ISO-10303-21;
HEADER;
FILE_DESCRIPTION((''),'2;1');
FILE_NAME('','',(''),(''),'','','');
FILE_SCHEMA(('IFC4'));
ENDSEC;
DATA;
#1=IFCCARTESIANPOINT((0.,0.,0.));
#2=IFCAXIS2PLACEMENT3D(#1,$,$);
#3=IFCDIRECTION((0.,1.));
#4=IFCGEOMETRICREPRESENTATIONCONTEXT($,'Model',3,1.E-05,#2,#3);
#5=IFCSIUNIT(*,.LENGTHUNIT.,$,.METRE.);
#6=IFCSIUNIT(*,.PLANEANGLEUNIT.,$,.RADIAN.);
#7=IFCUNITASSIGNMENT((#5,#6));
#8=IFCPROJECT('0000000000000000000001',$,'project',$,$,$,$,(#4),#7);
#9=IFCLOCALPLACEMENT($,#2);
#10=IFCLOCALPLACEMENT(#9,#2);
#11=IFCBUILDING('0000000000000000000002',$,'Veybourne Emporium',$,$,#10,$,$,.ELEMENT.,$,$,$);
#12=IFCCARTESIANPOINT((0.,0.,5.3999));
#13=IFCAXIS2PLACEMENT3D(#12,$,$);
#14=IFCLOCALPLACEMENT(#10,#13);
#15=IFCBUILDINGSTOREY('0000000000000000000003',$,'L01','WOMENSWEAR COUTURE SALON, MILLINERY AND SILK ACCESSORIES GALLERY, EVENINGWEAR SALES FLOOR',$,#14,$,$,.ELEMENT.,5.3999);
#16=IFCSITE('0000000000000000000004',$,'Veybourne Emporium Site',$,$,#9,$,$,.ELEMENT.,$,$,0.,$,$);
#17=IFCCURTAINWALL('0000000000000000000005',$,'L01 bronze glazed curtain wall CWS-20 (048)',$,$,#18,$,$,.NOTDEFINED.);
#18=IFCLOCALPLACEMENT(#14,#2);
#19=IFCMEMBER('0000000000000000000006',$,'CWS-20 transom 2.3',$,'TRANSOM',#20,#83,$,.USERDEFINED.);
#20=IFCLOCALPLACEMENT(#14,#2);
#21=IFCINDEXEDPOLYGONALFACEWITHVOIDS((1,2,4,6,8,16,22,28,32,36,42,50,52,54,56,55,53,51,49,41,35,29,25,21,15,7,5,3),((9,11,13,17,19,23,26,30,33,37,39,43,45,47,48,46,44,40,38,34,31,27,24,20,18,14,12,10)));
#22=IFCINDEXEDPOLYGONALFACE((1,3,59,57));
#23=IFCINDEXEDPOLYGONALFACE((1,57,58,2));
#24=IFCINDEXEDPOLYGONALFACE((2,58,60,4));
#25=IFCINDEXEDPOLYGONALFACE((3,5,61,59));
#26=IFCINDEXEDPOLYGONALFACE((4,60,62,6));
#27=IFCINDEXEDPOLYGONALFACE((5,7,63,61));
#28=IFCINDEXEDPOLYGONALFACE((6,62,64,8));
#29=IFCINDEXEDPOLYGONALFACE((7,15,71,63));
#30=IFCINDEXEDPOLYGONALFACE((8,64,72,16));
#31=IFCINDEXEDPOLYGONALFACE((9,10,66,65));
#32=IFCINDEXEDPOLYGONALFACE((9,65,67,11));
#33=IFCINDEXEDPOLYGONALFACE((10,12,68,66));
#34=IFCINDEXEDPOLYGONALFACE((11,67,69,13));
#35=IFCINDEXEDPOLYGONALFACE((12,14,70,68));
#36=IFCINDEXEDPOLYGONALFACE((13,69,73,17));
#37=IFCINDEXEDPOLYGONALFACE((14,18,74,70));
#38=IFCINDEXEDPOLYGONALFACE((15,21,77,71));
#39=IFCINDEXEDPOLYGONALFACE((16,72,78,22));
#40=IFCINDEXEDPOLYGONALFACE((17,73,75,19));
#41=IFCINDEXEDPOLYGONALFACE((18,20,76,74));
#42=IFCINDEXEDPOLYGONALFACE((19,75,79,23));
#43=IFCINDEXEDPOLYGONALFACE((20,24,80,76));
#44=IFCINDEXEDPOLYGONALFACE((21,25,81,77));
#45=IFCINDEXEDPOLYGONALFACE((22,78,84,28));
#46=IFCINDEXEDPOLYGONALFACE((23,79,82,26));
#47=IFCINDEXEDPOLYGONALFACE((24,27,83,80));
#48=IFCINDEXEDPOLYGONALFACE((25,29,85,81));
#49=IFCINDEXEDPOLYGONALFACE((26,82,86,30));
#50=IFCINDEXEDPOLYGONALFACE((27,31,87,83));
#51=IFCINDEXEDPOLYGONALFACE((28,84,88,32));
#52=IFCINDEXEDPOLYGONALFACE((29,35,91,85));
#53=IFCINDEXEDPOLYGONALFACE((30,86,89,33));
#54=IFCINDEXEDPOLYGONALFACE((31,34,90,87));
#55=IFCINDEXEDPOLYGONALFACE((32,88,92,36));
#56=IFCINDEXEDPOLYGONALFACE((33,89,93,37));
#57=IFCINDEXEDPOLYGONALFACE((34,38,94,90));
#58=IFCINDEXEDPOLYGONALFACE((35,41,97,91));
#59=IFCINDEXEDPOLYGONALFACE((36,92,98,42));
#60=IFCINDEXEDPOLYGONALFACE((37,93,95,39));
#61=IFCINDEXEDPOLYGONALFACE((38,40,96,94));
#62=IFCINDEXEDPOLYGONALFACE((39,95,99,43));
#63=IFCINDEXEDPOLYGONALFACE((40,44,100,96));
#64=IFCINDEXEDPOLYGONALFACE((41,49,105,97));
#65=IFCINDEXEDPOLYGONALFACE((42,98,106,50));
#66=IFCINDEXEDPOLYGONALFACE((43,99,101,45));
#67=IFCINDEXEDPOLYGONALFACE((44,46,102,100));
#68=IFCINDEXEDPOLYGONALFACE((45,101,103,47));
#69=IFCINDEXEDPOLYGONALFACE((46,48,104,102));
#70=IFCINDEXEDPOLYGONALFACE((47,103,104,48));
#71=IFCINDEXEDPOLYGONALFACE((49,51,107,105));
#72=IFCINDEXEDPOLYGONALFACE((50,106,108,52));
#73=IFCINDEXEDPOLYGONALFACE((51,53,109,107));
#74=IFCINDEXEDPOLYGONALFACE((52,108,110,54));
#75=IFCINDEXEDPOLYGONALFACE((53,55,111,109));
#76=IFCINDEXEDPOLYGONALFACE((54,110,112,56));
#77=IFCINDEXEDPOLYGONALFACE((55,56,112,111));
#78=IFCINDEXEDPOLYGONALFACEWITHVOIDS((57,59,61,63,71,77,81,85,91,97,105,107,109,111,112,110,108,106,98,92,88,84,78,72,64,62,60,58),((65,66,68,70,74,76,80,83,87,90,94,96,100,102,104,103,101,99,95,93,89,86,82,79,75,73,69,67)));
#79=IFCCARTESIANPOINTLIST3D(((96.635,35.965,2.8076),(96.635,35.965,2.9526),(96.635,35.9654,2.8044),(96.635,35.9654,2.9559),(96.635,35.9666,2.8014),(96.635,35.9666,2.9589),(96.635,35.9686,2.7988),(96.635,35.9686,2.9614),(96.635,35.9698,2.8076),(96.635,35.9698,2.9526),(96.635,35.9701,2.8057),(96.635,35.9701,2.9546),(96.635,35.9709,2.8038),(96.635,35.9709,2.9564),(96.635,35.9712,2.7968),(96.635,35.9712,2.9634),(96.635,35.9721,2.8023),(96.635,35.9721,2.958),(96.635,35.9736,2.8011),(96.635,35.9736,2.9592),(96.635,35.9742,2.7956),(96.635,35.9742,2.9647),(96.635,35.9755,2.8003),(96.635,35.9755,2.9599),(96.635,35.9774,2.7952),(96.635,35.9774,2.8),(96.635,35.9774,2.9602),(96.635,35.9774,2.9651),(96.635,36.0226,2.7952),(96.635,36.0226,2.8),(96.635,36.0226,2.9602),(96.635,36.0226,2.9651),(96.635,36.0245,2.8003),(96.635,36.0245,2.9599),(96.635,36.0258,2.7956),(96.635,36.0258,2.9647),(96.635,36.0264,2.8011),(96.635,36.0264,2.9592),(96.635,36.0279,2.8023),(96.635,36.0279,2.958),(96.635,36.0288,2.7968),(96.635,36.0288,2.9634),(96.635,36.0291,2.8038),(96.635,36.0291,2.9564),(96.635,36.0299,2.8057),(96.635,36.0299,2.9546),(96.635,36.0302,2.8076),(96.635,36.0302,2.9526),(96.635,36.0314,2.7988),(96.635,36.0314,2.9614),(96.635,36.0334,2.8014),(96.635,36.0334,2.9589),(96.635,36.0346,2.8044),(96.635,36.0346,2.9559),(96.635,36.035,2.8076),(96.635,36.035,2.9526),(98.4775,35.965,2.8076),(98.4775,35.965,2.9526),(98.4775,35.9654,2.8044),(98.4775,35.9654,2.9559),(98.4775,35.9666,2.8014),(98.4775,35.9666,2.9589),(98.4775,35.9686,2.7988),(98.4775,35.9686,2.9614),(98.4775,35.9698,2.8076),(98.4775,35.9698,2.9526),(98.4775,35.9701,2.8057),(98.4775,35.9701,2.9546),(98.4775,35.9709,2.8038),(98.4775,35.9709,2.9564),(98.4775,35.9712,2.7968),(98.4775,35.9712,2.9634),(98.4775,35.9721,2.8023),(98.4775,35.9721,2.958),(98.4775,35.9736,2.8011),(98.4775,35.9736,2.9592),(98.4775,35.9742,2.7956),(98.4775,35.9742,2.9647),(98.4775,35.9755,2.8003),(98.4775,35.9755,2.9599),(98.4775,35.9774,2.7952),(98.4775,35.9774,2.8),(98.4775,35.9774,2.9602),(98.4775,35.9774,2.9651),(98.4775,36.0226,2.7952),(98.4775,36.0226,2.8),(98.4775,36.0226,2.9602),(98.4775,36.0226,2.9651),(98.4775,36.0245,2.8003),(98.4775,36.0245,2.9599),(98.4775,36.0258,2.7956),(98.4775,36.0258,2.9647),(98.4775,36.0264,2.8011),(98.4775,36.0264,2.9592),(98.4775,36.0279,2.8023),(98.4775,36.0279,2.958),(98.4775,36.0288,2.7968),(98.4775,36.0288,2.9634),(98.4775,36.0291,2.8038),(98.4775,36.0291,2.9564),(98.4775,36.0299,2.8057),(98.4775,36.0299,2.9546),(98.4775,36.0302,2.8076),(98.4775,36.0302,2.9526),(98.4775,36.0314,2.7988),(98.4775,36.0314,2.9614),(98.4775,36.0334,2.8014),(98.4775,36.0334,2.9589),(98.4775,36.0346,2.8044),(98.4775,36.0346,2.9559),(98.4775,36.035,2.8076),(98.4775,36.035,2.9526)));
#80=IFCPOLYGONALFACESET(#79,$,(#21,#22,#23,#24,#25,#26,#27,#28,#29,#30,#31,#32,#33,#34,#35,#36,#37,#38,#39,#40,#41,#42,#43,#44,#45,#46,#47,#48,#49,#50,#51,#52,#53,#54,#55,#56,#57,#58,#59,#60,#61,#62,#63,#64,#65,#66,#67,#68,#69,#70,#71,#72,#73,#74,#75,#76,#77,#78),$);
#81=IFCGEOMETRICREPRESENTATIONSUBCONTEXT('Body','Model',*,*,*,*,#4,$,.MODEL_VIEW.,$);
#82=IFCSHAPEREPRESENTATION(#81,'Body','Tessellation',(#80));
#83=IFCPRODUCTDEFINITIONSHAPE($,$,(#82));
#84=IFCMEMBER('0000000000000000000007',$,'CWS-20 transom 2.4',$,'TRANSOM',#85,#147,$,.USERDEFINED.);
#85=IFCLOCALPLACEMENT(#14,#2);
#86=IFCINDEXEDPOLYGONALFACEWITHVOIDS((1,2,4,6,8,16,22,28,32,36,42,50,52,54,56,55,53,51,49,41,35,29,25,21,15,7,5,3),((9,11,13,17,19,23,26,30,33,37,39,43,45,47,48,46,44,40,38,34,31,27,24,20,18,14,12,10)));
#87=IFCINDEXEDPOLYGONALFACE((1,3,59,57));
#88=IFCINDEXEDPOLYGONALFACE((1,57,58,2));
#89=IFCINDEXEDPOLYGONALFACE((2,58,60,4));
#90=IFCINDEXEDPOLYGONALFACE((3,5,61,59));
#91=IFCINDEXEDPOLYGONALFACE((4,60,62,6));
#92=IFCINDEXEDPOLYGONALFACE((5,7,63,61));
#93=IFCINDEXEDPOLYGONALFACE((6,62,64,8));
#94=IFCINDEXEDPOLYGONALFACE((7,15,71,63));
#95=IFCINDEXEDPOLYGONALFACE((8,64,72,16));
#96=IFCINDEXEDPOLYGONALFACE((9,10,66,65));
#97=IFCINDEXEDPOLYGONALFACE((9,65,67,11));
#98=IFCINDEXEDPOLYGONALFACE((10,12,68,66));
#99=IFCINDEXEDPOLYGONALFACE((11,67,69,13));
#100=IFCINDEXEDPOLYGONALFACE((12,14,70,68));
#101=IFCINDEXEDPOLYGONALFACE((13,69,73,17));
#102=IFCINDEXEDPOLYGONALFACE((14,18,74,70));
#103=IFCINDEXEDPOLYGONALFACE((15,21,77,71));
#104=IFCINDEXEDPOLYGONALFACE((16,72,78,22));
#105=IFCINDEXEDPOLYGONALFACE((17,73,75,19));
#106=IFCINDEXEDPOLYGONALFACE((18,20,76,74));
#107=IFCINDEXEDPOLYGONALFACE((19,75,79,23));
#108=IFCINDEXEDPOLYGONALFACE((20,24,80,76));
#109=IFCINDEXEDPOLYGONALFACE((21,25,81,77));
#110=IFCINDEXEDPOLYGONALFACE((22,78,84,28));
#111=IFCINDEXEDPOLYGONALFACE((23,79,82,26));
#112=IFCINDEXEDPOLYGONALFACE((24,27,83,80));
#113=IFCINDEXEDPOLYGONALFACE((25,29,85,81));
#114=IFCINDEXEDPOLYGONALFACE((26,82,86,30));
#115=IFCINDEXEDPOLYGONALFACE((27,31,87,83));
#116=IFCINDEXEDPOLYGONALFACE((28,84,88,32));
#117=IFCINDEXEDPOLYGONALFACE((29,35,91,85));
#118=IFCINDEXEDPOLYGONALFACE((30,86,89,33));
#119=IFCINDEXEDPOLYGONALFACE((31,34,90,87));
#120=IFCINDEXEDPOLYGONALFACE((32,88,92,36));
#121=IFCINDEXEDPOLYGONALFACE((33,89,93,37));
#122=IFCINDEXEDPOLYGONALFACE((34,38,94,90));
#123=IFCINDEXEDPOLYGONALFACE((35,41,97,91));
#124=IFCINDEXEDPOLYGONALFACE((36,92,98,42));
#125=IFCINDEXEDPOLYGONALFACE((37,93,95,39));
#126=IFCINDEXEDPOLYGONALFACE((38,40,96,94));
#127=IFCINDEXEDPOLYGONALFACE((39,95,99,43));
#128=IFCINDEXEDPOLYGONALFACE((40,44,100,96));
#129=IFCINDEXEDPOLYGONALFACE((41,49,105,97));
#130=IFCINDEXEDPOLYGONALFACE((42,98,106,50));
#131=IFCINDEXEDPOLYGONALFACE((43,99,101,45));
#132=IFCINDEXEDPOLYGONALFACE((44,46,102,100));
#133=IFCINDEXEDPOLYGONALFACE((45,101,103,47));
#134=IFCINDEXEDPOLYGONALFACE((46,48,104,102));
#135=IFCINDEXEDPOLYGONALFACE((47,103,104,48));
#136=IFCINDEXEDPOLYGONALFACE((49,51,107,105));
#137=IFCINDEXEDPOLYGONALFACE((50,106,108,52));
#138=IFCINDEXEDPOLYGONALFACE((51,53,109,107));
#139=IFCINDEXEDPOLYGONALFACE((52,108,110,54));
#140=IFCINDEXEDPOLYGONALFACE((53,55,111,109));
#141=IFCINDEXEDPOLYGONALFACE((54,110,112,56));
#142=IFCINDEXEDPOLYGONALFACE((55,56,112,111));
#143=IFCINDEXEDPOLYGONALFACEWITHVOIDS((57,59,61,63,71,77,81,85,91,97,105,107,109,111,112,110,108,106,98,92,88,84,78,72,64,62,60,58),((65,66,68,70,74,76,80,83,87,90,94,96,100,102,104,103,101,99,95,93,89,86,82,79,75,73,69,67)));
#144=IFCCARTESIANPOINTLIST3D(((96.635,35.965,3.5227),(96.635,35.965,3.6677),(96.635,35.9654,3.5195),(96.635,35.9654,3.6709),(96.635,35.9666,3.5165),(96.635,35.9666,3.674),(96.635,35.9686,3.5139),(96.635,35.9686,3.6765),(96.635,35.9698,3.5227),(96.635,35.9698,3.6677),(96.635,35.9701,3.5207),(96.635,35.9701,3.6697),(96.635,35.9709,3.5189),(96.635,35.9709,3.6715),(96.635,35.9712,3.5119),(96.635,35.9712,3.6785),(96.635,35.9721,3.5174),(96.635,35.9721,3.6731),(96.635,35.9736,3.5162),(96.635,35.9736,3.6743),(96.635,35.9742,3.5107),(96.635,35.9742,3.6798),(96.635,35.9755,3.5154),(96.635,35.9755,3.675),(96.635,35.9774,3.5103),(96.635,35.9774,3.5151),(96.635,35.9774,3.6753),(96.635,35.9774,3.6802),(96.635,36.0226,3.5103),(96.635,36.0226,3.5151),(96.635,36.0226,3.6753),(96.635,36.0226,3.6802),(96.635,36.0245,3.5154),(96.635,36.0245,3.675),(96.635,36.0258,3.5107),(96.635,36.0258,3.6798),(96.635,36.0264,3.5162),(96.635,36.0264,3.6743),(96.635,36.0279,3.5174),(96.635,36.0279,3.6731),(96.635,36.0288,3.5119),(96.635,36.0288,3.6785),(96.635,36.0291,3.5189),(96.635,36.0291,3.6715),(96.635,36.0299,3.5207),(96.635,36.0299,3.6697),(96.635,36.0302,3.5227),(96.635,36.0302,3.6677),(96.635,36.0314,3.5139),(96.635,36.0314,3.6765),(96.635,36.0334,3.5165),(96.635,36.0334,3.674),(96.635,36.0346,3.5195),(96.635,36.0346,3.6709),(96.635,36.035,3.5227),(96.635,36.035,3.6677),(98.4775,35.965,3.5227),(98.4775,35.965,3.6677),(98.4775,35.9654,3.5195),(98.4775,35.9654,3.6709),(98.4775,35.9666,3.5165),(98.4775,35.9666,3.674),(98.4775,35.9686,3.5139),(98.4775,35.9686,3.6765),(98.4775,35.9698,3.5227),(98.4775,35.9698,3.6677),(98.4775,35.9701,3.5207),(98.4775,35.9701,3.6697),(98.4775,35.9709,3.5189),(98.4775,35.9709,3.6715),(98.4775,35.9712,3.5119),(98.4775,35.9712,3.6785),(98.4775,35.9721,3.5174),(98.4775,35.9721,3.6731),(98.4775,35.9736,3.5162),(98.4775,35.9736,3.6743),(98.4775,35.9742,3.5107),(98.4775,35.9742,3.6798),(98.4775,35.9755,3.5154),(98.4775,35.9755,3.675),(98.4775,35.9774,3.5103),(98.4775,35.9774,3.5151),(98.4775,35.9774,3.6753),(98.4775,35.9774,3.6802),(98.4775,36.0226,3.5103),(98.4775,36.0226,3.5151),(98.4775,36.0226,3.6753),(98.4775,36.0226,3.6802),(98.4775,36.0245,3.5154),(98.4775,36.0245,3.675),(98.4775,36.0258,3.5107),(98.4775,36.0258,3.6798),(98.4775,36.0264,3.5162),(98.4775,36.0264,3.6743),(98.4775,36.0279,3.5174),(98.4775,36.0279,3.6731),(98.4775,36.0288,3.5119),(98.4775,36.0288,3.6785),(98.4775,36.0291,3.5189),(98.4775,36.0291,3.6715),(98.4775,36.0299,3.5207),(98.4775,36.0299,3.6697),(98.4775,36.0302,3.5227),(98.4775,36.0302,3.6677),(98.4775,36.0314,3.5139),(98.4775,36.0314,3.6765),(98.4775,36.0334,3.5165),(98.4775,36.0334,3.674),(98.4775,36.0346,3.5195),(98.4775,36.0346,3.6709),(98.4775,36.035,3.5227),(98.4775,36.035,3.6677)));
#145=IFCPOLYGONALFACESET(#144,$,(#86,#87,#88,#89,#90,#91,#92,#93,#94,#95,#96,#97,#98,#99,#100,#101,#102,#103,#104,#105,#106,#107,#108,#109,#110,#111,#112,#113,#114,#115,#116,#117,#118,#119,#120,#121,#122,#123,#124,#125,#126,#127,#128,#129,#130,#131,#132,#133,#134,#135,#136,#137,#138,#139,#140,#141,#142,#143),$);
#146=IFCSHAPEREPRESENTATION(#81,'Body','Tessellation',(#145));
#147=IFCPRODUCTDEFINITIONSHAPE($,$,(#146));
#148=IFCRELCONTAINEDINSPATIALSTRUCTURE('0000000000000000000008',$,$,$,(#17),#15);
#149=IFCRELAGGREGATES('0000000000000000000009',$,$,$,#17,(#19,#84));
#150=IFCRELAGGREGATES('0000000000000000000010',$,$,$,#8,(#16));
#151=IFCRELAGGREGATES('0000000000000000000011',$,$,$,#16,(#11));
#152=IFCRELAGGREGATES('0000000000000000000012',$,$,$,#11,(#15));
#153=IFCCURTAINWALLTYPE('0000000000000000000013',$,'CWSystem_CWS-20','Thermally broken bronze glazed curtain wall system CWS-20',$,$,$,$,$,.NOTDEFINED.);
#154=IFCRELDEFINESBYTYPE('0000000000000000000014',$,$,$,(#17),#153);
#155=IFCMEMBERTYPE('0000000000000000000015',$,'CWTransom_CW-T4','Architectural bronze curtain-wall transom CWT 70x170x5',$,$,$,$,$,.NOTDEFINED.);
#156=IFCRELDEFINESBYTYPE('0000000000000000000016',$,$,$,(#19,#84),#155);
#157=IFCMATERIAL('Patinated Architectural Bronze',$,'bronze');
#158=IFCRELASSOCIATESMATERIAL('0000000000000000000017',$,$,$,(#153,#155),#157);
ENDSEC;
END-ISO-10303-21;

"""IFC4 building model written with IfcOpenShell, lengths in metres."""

from ifc_helpers import new_model, si_unit, direction, frame, origin, origin_2d, place, context, subcontext, project, spatial, hollow_rectangle, extrude, material, material_profile, profile_set, type_object, element, aggregate, save


model = new_model("IFC4")

# Units and contexts
model_context = context("Model", 3, precision=1e-05, world=origin(), true_north=direction((0.0, 1.0)))
body_context = subcontext(model_context, "Body", "Model", "MODEL_VIEW")
ifc_project = project(units=[si_unit("LENGTHUNIT", "METRE"), si_unit("PLANEANGLEUNIT", "RADIAN")], contexts=[model_context])

# Site, building, storey
site_placement = place(None, origin())
site = spatial("IfcSite", under=ifc_project, at=site_placement, Name="Veybourne Emporium Site", CompositionType="ELEMENT", RefElevation=0.0)
building_placement = place(site_placement, origin())
building = spatial("IfcBuilding", under=site, at=building_placement, Name="Veybourne Emporium", CompositionType="ELEMENT")
storey_placement = place(building_placement, frame((0.0, 0.0, 5.3999)))
storey = spatial("IfcBuildingStorey", under=building, at=storey_placement, Name="L01", Description="WOMENSWEAR COUTURE SALON, MILLINERY AND SILK ACCESSORIES GALLERY, EVENINGWEAR SALES FLOOR", CompositionType="ELEMENT", Elevation=5.3999)

# Curtain wall, members
ifc_material_1 = material(Name="Patinated Architectural Bronze", Category="bronze")
curtain_wall_type = type_object("IfcCurtainWallType", Name="CWSystem_CWS-20", Description="Thermally broken bronze glazed curtain wall system CWS-20", PredefinedType="NOTDEFINED", material=ifc_material_1)
curtain_wall_placement = place(storey_placement, origin())
curtain_wall = element("IfcCurtainWall", 1, at=curtain_wall_placement, inside=storey, type_object=curtain_wall_type, Name="L01 bronze glazed curtain wall CWS-20 (048)", PredefinedType="NOTDEFINED")
ifc_material_profile_1 = material_profile(ifc_material_1, hollow_rectangle(XDim=0.0701, YDim=0.1699, WallThickness=0.0049, InnerFilletRadius=0.0076, OuterFilletRadius=0.0125, at=origin_2d()), Name="CWT 70x170x5")
ifc_profile_set_1 = profile_set([ifc_material_profile_1], Name="Patinated Architectural Bronze")
member_type_1 = type_object("IfcMemberType", Name="CWTransom_CW-T4", Description="Architectural bronze curtain-wall transom CWT 70x170x5", PredefinedType="NOTDEFINED", material=ifc_profile_set_1)
member_1_placement = place(storey_placement, frame((98.4775, 36.0, 2.8801), z_axis=(-1.0, 0.0, 0.0), x_axis=(0.0, -1.0, 0.0)))
member_1 = element("IfcMember", 2, at=member_1_placement, type_object=member_type_1, Name="CWS-20 transom 2.3", ObjectType="TRANSOM", PredefinedType="USERDEFINED", context=body_context, shape_type="SweptSolid", body=[
    extrude(hollow_rectangle(XDim=0.0701, YDim=0.1699, WallThickness=0.0049, InnerFilletRadius=0.0076, OuterFilletRadius=0.0125, at=origin_2d()), origin(), (0.0, 0.0, 1.0), 1.8425),
])
member_2_placement = place(storey_placement, frame((98.4775, 36.0, 3.5952), z_axis=(-1.0, 0.0, 0.0), x_axis=(0.0, -1.0, 0.0)))
member_2 = element("IfcMember", 3, at=member_2_placement, type_object=member_type_1, Name="CWS-20 transom 2.4", ObjectType="TRANSOM", PredefinedType="USERDEFINED", context=body_context, shape_type="SweptSolid", body=[
    extrude(hollow_rectangle(XDim=0.0701, YDim=0.1699, WallThickness=0.0049, InnerFilletRadius=0.0076, OuterFilletRadius=0.0125, at=origin_2d()), origin(), (0.0, 0.0, 1.0), 1.8425),
])

aggregate(curtain_wall, [member_1, member_2])

save(model, "model.ifc")
